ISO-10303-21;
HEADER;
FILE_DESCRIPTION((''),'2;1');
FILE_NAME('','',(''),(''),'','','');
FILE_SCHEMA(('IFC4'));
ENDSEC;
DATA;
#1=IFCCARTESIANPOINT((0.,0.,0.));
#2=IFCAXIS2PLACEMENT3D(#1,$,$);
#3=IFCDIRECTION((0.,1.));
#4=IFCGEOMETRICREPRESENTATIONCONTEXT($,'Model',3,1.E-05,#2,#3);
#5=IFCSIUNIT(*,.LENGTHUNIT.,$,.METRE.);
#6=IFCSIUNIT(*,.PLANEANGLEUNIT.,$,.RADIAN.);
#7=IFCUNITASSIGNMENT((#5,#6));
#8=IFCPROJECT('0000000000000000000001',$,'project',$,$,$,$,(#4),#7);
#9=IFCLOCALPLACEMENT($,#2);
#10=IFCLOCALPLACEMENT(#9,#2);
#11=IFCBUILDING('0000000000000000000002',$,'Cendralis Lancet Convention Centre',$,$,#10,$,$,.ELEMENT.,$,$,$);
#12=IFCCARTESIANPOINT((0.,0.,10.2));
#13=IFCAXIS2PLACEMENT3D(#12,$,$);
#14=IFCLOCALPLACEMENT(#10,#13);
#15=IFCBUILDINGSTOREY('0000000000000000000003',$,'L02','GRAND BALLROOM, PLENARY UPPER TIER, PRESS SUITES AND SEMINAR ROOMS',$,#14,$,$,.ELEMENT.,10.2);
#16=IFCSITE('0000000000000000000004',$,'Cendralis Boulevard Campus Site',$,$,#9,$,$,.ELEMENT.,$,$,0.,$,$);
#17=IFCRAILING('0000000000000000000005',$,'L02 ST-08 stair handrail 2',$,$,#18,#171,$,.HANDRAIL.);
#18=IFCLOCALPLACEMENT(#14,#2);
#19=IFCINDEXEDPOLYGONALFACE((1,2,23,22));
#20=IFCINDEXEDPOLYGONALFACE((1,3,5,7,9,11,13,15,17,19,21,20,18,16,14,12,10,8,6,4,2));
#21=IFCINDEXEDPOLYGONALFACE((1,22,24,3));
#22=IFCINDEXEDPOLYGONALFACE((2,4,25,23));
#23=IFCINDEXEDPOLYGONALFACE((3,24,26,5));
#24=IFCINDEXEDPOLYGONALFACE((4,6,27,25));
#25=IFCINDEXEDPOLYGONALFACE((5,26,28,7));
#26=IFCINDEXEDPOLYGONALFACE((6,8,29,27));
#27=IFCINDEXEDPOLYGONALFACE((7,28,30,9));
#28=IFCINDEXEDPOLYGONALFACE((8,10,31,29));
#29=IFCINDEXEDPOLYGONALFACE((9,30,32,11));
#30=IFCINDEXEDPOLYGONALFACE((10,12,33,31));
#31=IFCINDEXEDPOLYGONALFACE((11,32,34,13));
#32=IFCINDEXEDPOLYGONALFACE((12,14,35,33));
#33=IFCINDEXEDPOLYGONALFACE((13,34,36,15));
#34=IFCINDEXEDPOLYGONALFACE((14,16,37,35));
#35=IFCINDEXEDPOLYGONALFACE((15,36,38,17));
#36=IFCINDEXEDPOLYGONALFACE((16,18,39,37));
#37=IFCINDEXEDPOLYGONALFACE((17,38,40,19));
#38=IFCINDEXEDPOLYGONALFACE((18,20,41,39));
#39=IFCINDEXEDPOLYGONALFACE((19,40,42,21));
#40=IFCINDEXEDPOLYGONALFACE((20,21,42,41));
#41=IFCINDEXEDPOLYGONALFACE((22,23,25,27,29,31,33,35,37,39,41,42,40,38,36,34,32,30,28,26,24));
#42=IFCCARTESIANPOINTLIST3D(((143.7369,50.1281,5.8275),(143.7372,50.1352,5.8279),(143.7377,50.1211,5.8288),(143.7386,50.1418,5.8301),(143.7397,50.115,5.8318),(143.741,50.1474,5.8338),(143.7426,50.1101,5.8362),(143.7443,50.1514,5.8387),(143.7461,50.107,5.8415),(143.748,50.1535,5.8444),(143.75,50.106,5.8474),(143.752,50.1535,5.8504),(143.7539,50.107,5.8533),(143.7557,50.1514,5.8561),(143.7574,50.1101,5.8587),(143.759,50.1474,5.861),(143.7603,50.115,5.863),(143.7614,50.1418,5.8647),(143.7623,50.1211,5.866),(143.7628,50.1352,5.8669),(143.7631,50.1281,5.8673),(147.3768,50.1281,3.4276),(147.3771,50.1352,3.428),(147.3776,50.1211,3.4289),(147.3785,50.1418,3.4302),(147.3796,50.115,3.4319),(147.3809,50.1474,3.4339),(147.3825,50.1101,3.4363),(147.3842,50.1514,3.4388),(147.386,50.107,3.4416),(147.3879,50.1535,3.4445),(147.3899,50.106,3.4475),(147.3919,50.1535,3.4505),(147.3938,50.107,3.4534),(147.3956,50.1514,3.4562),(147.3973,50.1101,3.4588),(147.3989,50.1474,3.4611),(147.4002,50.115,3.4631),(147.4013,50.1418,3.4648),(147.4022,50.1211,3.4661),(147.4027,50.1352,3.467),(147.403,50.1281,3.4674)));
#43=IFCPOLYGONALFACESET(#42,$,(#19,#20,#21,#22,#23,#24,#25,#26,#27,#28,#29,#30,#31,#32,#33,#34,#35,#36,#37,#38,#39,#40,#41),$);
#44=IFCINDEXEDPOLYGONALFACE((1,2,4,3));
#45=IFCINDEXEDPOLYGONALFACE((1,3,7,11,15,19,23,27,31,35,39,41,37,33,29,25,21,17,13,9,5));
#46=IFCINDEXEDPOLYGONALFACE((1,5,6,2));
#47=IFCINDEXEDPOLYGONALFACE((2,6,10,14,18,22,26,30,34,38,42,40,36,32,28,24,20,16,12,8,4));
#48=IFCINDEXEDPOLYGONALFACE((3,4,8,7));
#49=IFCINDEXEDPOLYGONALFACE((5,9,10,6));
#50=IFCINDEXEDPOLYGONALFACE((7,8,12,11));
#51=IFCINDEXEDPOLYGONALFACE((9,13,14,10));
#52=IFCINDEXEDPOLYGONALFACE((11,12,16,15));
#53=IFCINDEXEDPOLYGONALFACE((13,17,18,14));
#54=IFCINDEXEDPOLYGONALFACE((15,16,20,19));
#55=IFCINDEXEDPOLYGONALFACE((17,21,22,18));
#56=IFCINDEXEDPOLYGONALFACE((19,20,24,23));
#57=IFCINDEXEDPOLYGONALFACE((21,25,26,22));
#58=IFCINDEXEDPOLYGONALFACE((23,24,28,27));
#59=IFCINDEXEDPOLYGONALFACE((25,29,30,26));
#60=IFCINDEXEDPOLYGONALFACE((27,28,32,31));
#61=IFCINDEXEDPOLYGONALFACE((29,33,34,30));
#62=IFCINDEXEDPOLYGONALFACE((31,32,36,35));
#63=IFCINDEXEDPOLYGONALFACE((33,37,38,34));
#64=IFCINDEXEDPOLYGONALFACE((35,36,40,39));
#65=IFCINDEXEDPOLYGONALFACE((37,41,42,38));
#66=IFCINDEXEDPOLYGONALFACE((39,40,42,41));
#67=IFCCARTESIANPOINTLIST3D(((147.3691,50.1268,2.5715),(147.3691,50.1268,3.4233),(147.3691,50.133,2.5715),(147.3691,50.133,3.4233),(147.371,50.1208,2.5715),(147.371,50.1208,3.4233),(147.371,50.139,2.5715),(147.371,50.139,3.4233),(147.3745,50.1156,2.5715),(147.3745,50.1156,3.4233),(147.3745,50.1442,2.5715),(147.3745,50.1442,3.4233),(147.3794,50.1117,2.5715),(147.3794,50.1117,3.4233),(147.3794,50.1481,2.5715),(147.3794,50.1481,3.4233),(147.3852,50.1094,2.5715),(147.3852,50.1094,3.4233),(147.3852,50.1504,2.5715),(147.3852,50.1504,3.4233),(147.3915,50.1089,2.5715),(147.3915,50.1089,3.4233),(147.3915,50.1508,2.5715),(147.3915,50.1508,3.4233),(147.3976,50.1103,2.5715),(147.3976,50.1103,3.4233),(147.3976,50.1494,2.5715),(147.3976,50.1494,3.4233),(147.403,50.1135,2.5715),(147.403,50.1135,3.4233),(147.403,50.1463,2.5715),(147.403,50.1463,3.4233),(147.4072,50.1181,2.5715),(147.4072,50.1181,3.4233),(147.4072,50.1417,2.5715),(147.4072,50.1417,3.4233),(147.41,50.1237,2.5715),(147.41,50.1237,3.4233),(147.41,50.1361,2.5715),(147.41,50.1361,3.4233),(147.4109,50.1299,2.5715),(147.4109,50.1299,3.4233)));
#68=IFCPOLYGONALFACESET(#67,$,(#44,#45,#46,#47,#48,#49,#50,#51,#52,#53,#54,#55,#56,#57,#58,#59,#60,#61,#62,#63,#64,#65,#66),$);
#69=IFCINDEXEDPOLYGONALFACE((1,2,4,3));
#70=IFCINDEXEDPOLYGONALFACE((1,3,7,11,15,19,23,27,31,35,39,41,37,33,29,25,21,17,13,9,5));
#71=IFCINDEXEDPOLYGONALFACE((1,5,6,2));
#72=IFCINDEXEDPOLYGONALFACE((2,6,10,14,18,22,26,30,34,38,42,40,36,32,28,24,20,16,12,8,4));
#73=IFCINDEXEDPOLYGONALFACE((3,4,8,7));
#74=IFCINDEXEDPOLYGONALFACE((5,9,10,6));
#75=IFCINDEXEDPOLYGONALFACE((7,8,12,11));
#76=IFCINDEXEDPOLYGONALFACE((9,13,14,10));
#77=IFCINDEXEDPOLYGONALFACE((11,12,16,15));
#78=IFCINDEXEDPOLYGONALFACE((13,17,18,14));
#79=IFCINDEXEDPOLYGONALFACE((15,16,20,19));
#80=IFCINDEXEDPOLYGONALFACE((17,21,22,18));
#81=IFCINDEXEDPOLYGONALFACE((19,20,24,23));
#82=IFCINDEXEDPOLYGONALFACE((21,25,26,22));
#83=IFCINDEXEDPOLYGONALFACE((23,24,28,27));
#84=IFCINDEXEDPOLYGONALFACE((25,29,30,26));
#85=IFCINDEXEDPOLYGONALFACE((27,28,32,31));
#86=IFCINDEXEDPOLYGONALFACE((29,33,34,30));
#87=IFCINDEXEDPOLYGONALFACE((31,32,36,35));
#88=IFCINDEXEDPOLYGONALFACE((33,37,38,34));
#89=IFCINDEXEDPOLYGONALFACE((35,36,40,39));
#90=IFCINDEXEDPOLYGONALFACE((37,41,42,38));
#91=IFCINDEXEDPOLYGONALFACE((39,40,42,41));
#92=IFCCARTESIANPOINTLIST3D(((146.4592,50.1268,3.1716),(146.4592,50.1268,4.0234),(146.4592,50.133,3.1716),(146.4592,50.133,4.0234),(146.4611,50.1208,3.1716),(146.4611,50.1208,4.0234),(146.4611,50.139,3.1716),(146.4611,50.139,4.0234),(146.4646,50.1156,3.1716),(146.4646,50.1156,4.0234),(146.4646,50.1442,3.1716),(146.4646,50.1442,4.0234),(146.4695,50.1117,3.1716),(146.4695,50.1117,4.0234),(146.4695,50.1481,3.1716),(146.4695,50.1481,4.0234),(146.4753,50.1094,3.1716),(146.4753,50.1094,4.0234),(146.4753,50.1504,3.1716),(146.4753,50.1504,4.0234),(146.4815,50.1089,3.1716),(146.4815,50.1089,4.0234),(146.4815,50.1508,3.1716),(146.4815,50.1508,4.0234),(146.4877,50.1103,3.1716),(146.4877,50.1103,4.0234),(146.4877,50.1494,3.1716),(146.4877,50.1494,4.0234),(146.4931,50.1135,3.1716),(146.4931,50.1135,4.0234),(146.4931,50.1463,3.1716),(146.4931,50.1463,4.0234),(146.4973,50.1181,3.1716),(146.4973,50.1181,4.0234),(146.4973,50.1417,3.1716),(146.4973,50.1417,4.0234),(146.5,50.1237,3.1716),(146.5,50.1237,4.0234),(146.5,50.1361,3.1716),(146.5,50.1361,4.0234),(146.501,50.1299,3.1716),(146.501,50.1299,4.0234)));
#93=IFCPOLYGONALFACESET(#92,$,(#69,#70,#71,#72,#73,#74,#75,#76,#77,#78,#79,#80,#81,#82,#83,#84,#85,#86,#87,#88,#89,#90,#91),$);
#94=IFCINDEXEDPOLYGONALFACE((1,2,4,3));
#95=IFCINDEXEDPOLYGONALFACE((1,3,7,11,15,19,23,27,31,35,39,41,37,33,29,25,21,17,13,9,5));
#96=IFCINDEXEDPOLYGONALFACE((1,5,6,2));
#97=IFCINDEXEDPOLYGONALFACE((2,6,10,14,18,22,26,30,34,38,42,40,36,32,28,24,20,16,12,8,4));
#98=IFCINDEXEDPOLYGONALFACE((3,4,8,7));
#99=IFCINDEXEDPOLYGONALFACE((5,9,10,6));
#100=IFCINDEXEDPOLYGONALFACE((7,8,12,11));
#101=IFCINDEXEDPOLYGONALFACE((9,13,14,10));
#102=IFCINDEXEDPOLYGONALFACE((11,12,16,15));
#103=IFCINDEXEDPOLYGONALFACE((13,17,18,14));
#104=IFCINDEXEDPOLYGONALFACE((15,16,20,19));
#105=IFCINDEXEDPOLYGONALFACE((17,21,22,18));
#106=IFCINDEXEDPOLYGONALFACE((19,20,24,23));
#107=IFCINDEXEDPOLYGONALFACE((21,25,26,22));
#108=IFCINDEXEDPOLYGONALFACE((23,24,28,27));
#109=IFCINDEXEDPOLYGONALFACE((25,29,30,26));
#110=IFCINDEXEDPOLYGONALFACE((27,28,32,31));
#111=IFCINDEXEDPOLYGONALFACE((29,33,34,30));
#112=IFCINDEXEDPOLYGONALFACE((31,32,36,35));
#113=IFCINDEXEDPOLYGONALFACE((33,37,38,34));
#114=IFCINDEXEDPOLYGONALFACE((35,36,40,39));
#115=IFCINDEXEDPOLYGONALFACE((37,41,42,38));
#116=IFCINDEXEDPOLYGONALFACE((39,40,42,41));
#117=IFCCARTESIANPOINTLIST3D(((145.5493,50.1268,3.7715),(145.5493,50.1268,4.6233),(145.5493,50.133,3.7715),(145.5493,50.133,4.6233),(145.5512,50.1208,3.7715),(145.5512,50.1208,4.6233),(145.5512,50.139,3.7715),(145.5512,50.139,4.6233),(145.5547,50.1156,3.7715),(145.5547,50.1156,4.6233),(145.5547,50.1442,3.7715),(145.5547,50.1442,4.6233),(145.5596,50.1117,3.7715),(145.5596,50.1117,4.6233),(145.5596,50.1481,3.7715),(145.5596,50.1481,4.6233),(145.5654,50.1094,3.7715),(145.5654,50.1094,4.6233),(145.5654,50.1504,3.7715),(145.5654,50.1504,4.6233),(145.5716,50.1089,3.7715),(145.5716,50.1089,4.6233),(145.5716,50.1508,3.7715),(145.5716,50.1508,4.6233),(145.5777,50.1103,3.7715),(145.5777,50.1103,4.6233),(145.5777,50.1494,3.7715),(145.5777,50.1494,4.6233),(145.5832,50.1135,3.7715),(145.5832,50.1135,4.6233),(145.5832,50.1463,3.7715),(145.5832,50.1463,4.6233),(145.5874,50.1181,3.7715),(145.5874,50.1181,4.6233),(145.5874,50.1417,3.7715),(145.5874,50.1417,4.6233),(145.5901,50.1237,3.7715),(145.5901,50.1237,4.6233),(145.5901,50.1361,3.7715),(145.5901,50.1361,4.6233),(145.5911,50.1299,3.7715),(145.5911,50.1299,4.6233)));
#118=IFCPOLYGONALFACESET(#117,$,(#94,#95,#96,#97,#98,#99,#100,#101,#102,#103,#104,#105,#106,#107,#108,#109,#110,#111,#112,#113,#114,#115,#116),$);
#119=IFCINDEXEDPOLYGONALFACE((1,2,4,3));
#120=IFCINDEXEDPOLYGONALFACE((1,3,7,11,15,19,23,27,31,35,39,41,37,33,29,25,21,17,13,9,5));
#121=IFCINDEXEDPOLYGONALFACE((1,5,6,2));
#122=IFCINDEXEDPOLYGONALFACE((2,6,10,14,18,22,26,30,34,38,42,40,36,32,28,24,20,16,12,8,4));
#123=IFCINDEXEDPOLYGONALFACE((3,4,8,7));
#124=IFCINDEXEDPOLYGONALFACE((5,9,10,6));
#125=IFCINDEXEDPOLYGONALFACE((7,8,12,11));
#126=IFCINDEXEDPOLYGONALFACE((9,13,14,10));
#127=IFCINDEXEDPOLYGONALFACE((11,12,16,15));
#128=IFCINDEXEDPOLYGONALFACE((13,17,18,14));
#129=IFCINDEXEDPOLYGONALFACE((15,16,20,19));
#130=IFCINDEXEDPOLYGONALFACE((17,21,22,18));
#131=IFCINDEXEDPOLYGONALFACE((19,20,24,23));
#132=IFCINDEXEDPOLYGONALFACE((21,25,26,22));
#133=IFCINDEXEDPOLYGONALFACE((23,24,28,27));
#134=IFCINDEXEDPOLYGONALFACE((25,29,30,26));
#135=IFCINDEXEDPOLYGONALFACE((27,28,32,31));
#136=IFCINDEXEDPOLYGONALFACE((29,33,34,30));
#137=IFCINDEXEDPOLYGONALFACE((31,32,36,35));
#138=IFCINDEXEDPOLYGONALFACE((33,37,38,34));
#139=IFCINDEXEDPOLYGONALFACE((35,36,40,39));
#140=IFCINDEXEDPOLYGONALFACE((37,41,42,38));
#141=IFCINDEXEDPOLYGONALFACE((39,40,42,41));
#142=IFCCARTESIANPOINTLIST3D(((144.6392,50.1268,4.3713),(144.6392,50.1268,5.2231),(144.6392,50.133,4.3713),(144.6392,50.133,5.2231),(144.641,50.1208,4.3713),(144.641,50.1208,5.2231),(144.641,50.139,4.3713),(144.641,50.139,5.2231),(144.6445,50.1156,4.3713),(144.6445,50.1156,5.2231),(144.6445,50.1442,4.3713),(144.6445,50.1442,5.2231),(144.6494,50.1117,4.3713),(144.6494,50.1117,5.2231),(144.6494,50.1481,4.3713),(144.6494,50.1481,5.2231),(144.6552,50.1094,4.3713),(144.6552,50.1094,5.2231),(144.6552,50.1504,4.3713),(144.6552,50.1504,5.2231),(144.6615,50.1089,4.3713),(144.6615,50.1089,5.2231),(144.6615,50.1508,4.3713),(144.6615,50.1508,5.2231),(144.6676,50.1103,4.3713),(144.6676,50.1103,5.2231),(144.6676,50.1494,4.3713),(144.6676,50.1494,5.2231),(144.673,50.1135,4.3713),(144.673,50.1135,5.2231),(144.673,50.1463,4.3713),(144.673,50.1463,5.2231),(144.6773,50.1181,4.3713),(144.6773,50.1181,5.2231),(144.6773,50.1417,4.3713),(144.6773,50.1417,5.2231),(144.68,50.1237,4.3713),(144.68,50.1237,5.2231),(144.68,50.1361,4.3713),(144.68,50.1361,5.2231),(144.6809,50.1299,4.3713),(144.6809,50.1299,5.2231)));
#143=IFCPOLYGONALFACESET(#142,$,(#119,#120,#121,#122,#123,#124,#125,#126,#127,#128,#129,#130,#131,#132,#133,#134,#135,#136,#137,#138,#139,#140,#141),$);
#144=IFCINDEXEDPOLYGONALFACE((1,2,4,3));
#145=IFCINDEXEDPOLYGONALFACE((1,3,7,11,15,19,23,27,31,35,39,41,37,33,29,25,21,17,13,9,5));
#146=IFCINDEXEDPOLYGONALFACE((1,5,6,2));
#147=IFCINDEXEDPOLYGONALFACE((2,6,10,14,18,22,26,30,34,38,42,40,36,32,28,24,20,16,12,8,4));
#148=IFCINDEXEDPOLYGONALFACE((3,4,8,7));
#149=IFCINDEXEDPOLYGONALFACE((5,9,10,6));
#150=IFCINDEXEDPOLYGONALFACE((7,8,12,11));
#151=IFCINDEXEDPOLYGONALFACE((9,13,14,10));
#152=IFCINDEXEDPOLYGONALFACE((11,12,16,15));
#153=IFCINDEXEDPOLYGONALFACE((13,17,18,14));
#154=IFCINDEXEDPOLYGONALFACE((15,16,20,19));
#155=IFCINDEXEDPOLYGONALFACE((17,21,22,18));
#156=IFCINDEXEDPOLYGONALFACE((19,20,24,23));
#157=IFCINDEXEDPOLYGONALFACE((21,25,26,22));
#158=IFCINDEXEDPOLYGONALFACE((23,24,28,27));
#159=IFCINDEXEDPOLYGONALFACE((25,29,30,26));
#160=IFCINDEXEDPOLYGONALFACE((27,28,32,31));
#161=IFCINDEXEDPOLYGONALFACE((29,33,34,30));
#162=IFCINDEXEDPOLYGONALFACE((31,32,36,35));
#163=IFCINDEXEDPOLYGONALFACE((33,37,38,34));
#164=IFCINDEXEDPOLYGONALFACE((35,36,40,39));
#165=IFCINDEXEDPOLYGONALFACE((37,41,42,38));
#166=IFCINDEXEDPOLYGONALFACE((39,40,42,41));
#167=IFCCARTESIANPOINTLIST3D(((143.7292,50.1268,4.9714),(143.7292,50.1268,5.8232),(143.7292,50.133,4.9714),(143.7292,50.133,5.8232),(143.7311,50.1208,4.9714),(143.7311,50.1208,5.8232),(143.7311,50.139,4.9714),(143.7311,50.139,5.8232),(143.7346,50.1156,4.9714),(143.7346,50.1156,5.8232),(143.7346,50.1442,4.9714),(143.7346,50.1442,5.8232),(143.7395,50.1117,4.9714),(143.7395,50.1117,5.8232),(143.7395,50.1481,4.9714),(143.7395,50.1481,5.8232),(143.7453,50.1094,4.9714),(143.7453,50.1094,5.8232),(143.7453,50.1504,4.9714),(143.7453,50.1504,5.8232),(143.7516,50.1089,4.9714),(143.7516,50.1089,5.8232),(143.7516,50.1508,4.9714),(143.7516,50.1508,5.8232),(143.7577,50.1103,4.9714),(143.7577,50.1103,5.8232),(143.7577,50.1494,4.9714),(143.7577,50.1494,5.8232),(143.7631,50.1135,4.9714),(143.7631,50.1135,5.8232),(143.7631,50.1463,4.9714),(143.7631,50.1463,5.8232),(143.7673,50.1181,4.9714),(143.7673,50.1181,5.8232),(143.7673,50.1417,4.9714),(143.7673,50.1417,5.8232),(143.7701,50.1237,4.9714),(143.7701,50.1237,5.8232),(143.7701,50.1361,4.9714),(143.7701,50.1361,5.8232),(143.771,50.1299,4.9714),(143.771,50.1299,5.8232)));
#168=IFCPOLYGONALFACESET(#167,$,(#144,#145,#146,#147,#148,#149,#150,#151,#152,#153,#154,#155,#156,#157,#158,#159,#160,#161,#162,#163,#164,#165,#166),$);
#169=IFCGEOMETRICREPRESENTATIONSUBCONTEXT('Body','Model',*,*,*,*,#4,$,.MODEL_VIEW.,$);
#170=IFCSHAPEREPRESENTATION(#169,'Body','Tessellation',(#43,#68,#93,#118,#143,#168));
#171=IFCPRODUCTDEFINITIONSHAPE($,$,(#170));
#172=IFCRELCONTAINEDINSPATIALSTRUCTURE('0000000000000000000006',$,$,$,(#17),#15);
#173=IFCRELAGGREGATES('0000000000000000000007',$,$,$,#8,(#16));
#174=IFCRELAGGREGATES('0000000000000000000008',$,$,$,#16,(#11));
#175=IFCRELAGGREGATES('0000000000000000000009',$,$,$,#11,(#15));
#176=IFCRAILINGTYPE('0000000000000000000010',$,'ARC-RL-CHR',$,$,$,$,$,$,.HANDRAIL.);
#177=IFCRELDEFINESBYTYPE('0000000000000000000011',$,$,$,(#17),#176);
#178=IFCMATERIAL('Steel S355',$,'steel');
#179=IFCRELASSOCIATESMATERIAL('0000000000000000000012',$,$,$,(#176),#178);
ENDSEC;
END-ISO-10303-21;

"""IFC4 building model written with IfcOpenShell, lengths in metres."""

from ifc_helpers import new_model, si_unit, direction, frame, origin, origin_2d, place, context, subcontext, project, spatial, circle, extrude, material, type_object, element, save


model = new_model("IFC4")

# Units and contexts
model_context = context("Model", 3, precision=1e-05, world=origin(), true_north=direction((0.0, 1.0)))
body_context = subcontext(model_context, "Body", "Model", "MODEL_VIEW")
ifc_project = project(units=[si_unit("LENGTHUNIT", "METRE"), si_unit("PLANEANGLEUNIT", "RADIAN")], contexts=[model_context])

# Site, building, storey
site_placement = place(None, origin())
site = spatial("IfcSite", under=ifc_project, at=site_placement, Name="Cendralis Boulevard Campus Site", CompositionType="ELEMENT", RefElevation=0.0)
building_placement = place(site_placement, origin())
building = spatial("IfcBuilding", under=site, at=building_placement, Name="Cendralis Lancet Convention Centre", CompositionType="ELEMENT")
storey_placement = place(building_placement, frame((0.0, 0.0, 10.2)))
storey = spatial("IfcBuildingStorey", under=building, at=storey_placement, Name="L02", Description="GRAND BALLROOM, PLENARY UPPER TIER, PRESS SUITES AND SEMINAR ROOMS", CompositionType="ELEMENT", Elevation=10.2)

# Shared definitions
ifc_material_1 = material(Name="Steel S355", Category="steel")

# Railing
railing_type_1 = type_object("IfcRailingType", Name="ARC-RL-CHR", PredefinedType="HANDRAIL", material=ifc_material_1)
railing_1_placement = place(storey_placement, frame((147.3899, 50.1299, 2.5715)))
element("IfcRailing", 1, at=railing_1_placement, inside=storey, type_object=railing_type_1, Name="L02 ST-08 stair handrail 2", PredefinedType="HANDRAIL", context=body_context, shape_type="SweptSolid", body=[
    extrude(circle(Radius=0.0239, at=origin_2d()), frame((0.0, 0.0, 0.876), z_axis=(-0.834865, 0.0, 0.550454), x_axis=(0.0, -1.0, 0.0)), (0.0, 0.0, 1.0), 4.3599),
    extrude(circle(Radius=0.021, at=origin_2d()), origin(), (0.0, 0.0, 1.0), 0.8518),
    extrude(circle(Radius=0.021, at=origin_2d()), frame((-0.9099, 0.0, 0.6001)), (0.0, 0.0, 1.0), 0.8518),
    extrude(circle(Radius=0.021, at=origin_2d()), frame((-1.8198, 0.0, 1.2)), (0.0, 0.0, 1.0), 0.8518),
    extrude(circle(Radius=0.021, at=origin_2d()), frame((-2.73, 0.0, 1.7998)), (0.0, 0.0, 1.0), 0.8518),
    extrude(circle(Radius=0.021, at=origin_2d()), frame((-3.6399, 0.0, 2.3999)), (0.0, 0.0, 1.0), 0.8518),
])

save(model, "model.ifc")
